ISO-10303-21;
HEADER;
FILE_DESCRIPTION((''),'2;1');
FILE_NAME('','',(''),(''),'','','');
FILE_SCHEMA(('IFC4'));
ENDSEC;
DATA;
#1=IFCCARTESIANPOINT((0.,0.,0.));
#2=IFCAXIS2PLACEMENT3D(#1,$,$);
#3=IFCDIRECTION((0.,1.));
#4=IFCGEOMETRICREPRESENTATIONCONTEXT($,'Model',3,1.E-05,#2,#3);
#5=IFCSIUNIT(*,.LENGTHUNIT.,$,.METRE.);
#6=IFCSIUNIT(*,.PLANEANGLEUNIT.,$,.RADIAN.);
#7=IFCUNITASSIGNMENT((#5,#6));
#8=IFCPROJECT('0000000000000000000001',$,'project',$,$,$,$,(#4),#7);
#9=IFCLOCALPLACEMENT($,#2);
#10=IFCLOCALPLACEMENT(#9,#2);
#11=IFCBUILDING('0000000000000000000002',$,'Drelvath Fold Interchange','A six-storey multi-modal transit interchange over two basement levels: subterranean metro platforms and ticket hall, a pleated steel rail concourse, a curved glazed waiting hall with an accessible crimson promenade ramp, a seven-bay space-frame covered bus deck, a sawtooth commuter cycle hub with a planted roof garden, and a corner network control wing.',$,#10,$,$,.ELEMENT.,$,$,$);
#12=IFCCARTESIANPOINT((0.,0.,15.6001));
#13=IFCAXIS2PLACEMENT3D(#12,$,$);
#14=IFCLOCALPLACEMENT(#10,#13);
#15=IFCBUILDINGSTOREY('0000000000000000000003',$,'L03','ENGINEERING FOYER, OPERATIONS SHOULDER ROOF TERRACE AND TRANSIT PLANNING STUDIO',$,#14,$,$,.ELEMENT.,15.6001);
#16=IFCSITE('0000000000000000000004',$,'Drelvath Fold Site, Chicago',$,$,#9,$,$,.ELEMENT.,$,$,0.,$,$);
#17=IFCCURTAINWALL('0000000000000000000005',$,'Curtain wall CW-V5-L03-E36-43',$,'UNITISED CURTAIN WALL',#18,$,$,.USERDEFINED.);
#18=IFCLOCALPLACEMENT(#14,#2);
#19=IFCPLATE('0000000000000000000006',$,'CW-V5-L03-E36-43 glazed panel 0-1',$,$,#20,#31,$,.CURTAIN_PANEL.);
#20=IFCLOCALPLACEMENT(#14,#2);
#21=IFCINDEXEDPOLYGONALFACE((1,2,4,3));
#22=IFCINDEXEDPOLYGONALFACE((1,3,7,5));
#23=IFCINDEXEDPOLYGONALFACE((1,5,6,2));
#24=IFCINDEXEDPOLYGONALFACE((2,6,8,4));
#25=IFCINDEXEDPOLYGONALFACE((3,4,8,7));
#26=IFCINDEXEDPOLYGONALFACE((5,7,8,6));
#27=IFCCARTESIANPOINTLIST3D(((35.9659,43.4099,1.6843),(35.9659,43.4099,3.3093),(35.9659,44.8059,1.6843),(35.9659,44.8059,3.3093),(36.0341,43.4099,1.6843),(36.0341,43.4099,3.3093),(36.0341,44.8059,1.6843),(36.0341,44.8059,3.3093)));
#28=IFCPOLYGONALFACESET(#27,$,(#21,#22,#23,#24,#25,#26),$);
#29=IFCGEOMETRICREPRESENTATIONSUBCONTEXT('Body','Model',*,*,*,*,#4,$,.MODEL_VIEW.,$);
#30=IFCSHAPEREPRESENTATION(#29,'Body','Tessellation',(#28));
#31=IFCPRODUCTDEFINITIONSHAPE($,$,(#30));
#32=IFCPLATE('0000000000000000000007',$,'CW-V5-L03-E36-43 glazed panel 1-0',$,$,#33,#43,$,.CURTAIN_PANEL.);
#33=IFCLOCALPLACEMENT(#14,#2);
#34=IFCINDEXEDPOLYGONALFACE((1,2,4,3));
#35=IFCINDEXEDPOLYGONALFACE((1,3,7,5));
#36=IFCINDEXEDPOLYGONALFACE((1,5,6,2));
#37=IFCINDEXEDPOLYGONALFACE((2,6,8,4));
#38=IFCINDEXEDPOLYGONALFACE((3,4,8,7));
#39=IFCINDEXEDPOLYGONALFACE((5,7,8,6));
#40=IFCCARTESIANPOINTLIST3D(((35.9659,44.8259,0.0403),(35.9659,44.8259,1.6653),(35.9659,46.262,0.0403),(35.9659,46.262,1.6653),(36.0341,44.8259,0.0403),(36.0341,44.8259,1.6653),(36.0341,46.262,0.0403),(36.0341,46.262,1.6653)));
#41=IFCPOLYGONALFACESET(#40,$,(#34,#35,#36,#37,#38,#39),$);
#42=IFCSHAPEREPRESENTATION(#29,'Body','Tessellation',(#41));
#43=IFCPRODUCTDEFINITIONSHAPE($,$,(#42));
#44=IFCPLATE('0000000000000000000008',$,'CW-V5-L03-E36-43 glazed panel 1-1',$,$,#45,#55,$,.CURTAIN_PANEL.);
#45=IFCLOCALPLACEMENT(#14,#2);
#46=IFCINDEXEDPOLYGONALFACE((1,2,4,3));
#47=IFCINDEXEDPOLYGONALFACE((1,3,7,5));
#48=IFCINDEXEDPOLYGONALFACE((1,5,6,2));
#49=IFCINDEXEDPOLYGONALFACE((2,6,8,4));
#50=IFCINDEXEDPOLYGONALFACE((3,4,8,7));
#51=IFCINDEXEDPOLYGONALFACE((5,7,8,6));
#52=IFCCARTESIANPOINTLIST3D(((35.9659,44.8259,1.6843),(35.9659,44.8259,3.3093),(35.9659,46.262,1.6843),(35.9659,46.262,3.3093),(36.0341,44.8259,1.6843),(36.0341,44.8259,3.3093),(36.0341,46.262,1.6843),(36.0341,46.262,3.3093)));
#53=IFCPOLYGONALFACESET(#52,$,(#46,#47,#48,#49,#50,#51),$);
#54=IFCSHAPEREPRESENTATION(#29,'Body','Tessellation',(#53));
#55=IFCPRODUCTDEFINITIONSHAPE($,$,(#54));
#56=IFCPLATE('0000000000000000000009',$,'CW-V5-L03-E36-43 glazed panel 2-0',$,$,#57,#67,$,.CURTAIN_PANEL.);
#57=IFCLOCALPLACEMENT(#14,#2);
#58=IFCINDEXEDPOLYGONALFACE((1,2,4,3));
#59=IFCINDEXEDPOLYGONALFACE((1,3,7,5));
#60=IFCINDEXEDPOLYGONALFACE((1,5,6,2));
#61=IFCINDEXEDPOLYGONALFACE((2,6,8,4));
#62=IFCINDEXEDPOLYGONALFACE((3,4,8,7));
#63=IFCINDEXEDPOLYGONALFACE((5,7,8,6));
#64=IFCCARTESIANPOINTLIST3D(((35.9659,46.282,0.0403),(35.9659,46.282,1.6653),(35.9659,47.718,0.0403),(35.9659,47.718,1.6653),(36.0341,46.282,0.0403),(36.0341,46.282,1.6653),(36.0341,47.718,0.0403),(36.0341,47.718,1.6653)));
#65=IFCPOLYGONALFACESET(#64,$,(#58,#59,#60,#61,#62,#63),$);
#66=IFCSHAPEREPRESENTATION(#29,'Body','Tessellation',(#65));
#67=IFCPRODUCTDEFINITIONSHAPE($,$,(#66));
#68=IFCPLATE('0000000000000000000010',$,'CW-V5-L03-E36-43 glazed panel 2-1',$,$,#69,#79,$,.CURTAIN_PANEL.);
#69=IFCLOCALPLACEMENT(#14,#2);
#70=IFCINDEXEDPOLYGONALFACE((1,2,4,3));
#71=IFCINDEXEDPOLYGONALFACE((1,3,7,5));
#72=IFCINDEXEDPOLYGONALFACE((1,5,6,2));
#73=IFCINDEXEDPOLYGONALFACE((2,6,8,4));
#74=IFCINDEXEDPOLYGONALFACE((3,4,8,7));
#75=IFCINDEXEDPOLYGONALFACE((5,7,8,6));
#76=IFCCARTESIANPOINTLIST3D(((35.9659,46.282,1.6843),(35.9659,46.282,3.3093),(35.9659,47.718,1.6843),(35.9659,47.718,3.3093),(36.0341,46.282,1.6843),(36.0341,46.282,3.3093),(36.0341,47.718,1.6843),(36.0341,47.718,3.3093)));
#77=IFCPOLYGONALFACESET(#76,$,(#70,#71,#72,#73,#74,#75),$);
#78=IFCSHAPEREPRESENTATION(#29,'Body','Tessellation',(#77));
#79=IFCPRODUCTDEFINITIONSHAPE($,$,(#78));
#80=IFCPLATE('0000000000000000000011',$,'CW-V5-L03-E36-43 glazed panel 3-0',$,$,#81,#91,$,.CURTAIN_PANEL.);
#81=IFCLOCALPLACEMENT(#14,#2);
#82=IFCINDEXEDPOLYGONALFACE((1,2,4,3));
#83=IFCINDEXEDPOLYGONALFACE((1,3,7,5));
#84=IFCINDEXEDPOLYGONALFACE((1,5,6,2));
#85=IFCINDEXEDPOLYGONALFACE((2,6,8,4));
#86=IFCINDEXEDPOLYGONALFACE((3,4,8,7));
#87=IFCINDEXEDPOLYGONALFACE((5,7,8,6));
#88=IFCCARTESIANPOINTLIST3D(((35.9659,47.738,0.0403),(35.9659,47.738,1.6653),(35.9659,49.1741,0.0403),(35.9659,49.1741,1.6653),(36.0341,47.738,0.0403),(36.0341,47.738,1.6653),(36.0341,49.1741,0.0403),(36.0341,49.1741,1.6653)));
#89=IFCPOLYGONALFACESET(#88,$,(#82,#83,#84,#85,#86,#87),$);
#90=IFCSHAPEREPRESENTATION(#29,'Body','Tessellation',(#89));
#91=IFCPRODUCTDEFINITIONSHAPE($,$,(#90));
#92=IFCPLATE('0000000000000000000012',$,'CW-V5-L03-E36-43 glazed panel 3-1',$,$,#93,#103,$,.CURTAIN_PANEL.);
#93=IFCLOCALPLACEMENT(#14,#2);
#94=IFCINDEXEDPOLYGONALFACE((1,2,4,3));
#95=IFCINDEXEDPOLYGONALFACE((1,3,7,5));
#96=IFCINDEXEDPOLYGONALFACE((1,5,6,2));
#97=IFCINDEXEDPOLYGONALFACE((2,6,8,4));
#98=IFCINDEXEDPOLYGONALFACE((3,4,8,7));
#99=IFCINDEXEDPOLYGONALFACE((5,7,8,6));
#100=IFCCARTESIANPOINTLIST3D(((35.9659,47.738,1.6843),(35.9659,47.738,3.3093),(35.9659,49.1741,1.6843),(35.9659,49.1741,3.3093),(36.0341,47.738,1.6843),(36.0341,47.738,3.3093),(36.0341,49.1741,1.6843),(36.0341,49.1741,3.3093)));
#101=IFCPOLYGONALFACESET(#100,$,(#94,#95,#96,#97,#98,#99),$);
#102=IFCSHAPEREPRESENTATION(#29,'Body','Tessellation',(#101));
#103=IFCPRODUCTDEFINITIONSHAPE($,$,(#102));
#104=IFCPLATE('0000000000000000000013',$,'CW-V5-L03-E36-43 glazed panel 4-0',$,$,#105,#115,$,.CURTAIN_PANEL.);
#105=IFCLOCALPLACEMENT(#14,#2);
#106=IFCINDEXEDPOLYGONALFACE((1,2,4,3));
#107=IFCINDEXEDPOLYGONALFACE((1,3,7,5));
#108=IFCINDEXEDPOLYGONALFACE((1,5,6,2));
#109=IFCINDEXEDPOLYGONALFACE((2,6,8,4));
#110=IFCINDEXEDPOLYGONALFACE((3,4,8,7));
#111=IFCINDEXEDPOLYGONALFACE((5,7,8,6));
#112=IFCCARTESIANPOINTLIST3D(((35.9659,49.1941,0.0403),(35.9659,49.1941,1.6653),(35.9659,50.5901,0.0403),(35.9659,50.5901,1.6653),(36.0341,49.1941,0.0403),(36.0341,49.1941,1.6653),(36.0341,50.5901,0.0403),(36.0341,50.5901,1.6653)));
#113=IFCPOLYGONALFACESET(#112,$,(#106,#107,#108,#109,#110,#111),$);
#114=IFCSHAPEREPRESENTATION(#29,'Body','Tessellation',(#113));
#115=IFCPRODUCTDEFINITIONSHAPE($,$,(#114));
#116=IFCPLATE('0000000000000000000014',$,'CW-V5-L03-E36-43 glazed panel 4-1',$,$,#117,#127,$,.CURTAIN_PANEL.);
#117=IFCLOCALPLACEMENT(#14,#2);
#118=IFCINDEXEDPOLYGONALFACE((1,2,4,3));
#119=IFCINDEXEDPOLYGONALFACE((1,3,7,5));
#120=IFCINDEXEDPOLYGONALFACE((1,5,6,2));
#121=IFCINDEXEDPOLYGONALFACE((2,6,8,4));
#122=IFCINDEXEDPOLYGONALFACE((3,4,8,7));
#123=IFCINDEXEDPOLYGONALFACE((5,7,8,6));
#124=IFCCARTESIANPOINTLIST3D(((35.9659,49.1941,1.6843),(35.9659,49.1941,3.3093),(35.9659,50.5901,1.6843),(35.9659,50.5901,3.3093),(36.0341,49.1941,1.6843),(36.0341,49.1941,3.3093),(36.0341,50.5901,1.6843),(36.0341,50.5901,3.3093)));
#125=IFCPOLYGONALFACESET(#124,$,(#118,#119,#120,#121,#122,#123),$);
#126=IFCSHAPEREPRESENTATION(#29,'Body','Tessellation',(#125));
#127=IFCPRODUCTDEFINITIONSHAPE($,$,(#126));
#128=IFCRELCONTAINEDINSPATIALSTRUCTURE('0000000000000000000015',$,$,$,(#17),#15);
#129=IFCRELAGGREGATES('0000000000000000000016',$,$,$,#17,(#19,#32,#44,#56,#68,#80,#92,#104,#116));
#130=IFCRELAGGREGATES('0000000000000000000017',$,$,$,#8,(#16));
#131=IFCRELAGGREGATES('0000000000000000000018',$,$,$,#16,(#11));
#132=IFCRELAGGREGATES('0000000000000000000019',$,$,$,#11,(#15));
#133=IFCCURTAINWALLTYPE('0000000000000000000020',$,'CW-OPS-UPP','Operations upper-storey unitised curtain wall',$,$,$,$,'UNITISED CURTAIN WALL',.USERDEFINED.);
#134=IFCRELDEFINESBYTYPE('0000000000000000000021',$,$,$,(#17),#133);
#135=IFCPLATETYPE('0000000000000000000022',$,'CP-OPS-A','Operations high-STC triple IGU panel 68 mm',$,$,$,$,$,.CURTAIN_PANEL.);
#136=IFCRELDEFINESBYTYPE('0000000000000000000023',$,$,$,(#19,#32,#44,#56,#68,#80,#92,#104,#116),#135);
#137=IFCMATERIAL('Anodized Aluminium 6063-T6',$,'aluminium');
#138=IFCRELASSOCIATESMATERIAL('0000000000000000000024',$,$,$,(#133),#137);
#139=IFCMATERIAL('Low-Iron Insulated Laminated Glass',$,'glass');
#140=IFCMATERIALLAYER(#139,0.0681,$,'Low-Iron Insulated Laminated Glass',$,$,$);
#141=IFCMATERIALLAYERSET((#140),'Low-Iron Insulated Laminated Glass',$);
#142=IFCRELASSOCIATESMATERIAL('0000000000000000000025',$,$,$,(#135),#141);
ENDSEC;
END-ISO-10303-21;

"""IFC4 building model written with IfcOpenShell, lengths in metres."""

from ifc_helpers import new_model, si_unit, direction, frame, origin, origin_2d, place, context, subcontext, project, spatial, rectangle, extrude, material, layer, layer_set, type_object, element, aggregate, save


model = new_model("IFC4")

# Units and contexts
model_context = context("Model", 3, precision=1e-05, world=origin(), true_north=direction((0.0, 1.0)))
body_context = subcontext(model_context, "Body", "Model", "MODEL_VIEW")
ifc_project = project(units=[si_unit("LENGTHUNIT", "METRE"), si_unit("PLANEANGLEUNIT", "RADIAN")], contexts=[model_context])

# Site, building, storey
site_placement = place(None, origin())
site = spatial("IfcSite", under=ifc_project, at=site_placement, Name="Drelvath Fold Site, Chicago", CompositionType="ELEMENT", RefElevation=0.0)
building_placement = place(site_placement, origin())
building = spatial("IfcBuilding", under=site, at=building_placement, Name="Drelvath Fold Interchange", Description="A six-storey multi-modal transit interchange over two basement levels: subterranean metro platforms and ticket hall, a pleated steel rail concourse, a curved glazed waiting hall with an accessible crimson promenade ramp, a seven-bay space-frame covered bus deck, a sawtooth commuter cycle hub with a planted roof garden, and a corner network control wing.", CompositionType="ELEMENT")
storey_placement = place(building_placement, frame((0.0, 0.0, 15.6001)))
storey = spatial("IfcBuildingStorey", under=building, at=storey_placement, Name="L03", Description="ENGINEERING FOYER, OPERATIONS SHOULDER ROOF TERRACE AND TRANSIT PLANNING STUDIO", CompositionType="ELEMENT", Elevation=15.6001)

# Curtain wall
ifc_material_1 = material(Name="Anodized Aluminium 6063-T6", Category="aluminium")
curtain_wall_type = type_object("IfcCurtainWallType", Name="CW-OPS-UPP", Description="Operations upper-storey unitised curtain wall", ElementType="UNITISED CURTAIN WALL", PredefinedType="USERDEFINED", material=ifc_material_1)
curtain_wall_placement = place(storey_placement, origin())
curtain_wall = element("IfcCurtainWall", 1, at=curtain_wall_placement, inside=storey, type_object=curtain_wall_type, Name="Curtain wall CW-V5-L03-E36-43", ObjectType="UNITISED CURTAIN WALL", PredefinedType="USERDEFINED")

# Plates
ifc_material_2 = material(Name="Low-Iron Insulated Laminated Glass", Category="glass")
ifc_layer = layer(ifc_material_2, 0.0681, Name="Low-Iron Insulated Laminated Glass")
ifc_layer_set = layer_set([ifc_layer], Name="Low-Iron Insulated Laminated Glass")
plate_type = type_object("IfcPlateType", Name="CP-OPS-A", Description="Operations high-STC triple IGU panel 68 mm", PredefinedType="CURTAIN_PANEL", material=ifc_layer_set)
plate_1_placement = place(storey_placement, frame((36.0, 44.1079, 1.6843), z_axis=(0.0, 0.0, 1.0), x_axis=(0.0, 1.0, 0.0)))
plate_1 = element("IfcPlate", 2, at=plate_1_placement, type_object=plate_type, Name="CW-V5-L03-E36-43 glazed panel 0-1", PredefinedType="CURTAIN_PANEL", context=body_context, shape_type="SweptSolid", body=[
    extrude(rectangle(XDim=1.396, YDim=0.0681, at=origin_2d()), origin(), (0.0, 0.0, 1.0), 1.625),
])
plate_2_placement = place(storey_placement, frame((36.0, 45.5439, 0.0403), z_axis=(0.0, 0.0, 1.0), x_axis=(0.0, 1.0, 0.0)))
plate_2 = element("IfcPlate", 3, at=plate_2_placement, type_object=plate_type, Name="CW-V5-L03-E36-43 glazed panel 1-0", PredefinedType="CURTAIN_PANEL", context=body_context, shape_type="SweptSolid", body=[
    extrude(rectangle(XDim=1.436, YDim=0.0681, at=origin_2d()), origin(), (0.0, 0.0, 1.0), 1.625),
])
plate_3_placement = place(storey_placement, frame((36.0, 45.5439, 1.6843), z_axis=(0.0, 0.0, 1.0), x_axis=(0.0, 1.0, 0.0)))
plate_3 = element("IfcPlate", 4, at=plate_3_placement, type_object=plate_type, Name="CW-V5-L03-E36-43 glazed panel 1-1", PredefinedType="CURTAIN_PANEL", context=body_context, shape_type="SweptSolid", body=[
    extrude(rectangle(XDim=1.436, YDim=0.0681, at=origin_2d()), origin(), (0.0, 0.0, 1.0), 1.625),
])
plate_4_placement = place(storey_placement, frame((36.0, 47.0, 0.0403), z_axis=(0.0, 0.0, 1.0), x_axis=(0.0, 1.0, 0.0)))
plate_4 = element("IfcPlate", 5, at=plate_4_placement, type_object=plate_type, Name="CW-V5-L03-E36-43 glazed panel 2-0", PredefinedType="CURTAIN_PANEL", context=body_context, shape_type="SweptSolid", body=[
    extrude(rectangle(XDim=1.436, YDim=0.0681, at=origin_2d()), origin(), (0.0, 0.0, 1.0), 1.625),
])
plate_5_placement = place(storey_placement, frame((36.0, 47.0, 1.6843), z_axis=(0.0, 0.0, 1.0), x_axis=(0.0, 1.0, 0.0)))
plate_5 = element("IfcPlate", 6, at=plate_5_placement, type_object=plate_type, Name="CW-V5-L03-E36-43 glazed panel 2-1", PredefinedType="CURTAIN_PANEL", context=body_context, shape_type="SweptSolid", body=[
    extrude(rectangle(XDim=1.436, YDim=0.0681, at=origin_2d()), origin(), (0.0, 0.0, 1.0), 1.625),
])
plate_6_placement = place(storey_placement, frame((36.0, 48.4561, 0.0403), z_axis=(0.0, 0.0, 1.0), x_axis=(0.0, 1.0, 0.0)))
plate_6 = element("IfcPlate", 7, at=plate_6_placement, type_object=plate_type, Name="CW-V5-L03-E36-43 glazed panel 3-0", PredefinedType="CURTAIN_PANEL", context=body_context, shape_type="SweptSolid", body=[
    extrude(rectangle(XDim=1.436, YDim=0.0681, at=origin_2d()), origin(), (0.0, 0.0, 1.0), 1.625),
])
plate_7_placement = place(storey_placement, frame((36.0, 48.4561, 1.6843), z_axis=(0.0, 0.0, 1.0), x_axis=(0.0, 1.0, 0.0)))
plate_7 = element("IfcPlate", 8, at=plate_7_placement, type_object=plate_type, Name="CW-V5-L03-E36-43 glazed panel 3-1", PredefinedType="CURTAIN_PANEL", context=body_context, shape_type="SweptSolid", body=[
    extrude(rectangle(XDim=1.436, YDim=0.0681, at=origin_2d()), origin(), (0.0, 0.0, 1.0), 1.625),
])
plate_8_placement = place(storey_placement, frame((36.0, 49.8921, 0.0403), z_axis=(0.0, 0.0, 1.0), x_axis=(0.0, 1.0, 0.0)))
plate_8 = element("IfcPlate", 9, at=plate_8_placement, type_object=plate_type, Name="CW-V5-L03-E36-43 glazed panel 4-0", PredefinedType="CURTAIN_PANEL", context=body_context, shape_type="SweptSolid", body=[
    extrude(rectangle(XDim=1.396, YDim=0.0681, at=origin_2d()), origin(), (0.0, 0.0, 1.0), 1.625),
])
plate_9_placement = place(storey_placement, frame((36.0, 49.8921, 1.6843), z_axis=(0.0, 0.0, 1.0), x_axis=(0.0, 1.0, 0.0)))
plate_9 = element("IfcPlate", 10, at=plate_9_placement, type_object=plate_type, Name="CW-V5-L03-E36-43 glazed panel 4-1", PredefinedType="CURTAIN_PANEL", context=body_context, shape_type="SweptSolid", body=[
    extrude(rectangle(XDim=1.396, YDim=0.0681, at=origin_2d()), origin(), (0.0, 0.0, 1.0), 1.625),
])
aggregate(curtain_wall, [plate_1, plate_2, plate_3, plate_4, plate_5, plate_6, plate_7, plate_8, plate_9])

save(model, "model.ifc")
